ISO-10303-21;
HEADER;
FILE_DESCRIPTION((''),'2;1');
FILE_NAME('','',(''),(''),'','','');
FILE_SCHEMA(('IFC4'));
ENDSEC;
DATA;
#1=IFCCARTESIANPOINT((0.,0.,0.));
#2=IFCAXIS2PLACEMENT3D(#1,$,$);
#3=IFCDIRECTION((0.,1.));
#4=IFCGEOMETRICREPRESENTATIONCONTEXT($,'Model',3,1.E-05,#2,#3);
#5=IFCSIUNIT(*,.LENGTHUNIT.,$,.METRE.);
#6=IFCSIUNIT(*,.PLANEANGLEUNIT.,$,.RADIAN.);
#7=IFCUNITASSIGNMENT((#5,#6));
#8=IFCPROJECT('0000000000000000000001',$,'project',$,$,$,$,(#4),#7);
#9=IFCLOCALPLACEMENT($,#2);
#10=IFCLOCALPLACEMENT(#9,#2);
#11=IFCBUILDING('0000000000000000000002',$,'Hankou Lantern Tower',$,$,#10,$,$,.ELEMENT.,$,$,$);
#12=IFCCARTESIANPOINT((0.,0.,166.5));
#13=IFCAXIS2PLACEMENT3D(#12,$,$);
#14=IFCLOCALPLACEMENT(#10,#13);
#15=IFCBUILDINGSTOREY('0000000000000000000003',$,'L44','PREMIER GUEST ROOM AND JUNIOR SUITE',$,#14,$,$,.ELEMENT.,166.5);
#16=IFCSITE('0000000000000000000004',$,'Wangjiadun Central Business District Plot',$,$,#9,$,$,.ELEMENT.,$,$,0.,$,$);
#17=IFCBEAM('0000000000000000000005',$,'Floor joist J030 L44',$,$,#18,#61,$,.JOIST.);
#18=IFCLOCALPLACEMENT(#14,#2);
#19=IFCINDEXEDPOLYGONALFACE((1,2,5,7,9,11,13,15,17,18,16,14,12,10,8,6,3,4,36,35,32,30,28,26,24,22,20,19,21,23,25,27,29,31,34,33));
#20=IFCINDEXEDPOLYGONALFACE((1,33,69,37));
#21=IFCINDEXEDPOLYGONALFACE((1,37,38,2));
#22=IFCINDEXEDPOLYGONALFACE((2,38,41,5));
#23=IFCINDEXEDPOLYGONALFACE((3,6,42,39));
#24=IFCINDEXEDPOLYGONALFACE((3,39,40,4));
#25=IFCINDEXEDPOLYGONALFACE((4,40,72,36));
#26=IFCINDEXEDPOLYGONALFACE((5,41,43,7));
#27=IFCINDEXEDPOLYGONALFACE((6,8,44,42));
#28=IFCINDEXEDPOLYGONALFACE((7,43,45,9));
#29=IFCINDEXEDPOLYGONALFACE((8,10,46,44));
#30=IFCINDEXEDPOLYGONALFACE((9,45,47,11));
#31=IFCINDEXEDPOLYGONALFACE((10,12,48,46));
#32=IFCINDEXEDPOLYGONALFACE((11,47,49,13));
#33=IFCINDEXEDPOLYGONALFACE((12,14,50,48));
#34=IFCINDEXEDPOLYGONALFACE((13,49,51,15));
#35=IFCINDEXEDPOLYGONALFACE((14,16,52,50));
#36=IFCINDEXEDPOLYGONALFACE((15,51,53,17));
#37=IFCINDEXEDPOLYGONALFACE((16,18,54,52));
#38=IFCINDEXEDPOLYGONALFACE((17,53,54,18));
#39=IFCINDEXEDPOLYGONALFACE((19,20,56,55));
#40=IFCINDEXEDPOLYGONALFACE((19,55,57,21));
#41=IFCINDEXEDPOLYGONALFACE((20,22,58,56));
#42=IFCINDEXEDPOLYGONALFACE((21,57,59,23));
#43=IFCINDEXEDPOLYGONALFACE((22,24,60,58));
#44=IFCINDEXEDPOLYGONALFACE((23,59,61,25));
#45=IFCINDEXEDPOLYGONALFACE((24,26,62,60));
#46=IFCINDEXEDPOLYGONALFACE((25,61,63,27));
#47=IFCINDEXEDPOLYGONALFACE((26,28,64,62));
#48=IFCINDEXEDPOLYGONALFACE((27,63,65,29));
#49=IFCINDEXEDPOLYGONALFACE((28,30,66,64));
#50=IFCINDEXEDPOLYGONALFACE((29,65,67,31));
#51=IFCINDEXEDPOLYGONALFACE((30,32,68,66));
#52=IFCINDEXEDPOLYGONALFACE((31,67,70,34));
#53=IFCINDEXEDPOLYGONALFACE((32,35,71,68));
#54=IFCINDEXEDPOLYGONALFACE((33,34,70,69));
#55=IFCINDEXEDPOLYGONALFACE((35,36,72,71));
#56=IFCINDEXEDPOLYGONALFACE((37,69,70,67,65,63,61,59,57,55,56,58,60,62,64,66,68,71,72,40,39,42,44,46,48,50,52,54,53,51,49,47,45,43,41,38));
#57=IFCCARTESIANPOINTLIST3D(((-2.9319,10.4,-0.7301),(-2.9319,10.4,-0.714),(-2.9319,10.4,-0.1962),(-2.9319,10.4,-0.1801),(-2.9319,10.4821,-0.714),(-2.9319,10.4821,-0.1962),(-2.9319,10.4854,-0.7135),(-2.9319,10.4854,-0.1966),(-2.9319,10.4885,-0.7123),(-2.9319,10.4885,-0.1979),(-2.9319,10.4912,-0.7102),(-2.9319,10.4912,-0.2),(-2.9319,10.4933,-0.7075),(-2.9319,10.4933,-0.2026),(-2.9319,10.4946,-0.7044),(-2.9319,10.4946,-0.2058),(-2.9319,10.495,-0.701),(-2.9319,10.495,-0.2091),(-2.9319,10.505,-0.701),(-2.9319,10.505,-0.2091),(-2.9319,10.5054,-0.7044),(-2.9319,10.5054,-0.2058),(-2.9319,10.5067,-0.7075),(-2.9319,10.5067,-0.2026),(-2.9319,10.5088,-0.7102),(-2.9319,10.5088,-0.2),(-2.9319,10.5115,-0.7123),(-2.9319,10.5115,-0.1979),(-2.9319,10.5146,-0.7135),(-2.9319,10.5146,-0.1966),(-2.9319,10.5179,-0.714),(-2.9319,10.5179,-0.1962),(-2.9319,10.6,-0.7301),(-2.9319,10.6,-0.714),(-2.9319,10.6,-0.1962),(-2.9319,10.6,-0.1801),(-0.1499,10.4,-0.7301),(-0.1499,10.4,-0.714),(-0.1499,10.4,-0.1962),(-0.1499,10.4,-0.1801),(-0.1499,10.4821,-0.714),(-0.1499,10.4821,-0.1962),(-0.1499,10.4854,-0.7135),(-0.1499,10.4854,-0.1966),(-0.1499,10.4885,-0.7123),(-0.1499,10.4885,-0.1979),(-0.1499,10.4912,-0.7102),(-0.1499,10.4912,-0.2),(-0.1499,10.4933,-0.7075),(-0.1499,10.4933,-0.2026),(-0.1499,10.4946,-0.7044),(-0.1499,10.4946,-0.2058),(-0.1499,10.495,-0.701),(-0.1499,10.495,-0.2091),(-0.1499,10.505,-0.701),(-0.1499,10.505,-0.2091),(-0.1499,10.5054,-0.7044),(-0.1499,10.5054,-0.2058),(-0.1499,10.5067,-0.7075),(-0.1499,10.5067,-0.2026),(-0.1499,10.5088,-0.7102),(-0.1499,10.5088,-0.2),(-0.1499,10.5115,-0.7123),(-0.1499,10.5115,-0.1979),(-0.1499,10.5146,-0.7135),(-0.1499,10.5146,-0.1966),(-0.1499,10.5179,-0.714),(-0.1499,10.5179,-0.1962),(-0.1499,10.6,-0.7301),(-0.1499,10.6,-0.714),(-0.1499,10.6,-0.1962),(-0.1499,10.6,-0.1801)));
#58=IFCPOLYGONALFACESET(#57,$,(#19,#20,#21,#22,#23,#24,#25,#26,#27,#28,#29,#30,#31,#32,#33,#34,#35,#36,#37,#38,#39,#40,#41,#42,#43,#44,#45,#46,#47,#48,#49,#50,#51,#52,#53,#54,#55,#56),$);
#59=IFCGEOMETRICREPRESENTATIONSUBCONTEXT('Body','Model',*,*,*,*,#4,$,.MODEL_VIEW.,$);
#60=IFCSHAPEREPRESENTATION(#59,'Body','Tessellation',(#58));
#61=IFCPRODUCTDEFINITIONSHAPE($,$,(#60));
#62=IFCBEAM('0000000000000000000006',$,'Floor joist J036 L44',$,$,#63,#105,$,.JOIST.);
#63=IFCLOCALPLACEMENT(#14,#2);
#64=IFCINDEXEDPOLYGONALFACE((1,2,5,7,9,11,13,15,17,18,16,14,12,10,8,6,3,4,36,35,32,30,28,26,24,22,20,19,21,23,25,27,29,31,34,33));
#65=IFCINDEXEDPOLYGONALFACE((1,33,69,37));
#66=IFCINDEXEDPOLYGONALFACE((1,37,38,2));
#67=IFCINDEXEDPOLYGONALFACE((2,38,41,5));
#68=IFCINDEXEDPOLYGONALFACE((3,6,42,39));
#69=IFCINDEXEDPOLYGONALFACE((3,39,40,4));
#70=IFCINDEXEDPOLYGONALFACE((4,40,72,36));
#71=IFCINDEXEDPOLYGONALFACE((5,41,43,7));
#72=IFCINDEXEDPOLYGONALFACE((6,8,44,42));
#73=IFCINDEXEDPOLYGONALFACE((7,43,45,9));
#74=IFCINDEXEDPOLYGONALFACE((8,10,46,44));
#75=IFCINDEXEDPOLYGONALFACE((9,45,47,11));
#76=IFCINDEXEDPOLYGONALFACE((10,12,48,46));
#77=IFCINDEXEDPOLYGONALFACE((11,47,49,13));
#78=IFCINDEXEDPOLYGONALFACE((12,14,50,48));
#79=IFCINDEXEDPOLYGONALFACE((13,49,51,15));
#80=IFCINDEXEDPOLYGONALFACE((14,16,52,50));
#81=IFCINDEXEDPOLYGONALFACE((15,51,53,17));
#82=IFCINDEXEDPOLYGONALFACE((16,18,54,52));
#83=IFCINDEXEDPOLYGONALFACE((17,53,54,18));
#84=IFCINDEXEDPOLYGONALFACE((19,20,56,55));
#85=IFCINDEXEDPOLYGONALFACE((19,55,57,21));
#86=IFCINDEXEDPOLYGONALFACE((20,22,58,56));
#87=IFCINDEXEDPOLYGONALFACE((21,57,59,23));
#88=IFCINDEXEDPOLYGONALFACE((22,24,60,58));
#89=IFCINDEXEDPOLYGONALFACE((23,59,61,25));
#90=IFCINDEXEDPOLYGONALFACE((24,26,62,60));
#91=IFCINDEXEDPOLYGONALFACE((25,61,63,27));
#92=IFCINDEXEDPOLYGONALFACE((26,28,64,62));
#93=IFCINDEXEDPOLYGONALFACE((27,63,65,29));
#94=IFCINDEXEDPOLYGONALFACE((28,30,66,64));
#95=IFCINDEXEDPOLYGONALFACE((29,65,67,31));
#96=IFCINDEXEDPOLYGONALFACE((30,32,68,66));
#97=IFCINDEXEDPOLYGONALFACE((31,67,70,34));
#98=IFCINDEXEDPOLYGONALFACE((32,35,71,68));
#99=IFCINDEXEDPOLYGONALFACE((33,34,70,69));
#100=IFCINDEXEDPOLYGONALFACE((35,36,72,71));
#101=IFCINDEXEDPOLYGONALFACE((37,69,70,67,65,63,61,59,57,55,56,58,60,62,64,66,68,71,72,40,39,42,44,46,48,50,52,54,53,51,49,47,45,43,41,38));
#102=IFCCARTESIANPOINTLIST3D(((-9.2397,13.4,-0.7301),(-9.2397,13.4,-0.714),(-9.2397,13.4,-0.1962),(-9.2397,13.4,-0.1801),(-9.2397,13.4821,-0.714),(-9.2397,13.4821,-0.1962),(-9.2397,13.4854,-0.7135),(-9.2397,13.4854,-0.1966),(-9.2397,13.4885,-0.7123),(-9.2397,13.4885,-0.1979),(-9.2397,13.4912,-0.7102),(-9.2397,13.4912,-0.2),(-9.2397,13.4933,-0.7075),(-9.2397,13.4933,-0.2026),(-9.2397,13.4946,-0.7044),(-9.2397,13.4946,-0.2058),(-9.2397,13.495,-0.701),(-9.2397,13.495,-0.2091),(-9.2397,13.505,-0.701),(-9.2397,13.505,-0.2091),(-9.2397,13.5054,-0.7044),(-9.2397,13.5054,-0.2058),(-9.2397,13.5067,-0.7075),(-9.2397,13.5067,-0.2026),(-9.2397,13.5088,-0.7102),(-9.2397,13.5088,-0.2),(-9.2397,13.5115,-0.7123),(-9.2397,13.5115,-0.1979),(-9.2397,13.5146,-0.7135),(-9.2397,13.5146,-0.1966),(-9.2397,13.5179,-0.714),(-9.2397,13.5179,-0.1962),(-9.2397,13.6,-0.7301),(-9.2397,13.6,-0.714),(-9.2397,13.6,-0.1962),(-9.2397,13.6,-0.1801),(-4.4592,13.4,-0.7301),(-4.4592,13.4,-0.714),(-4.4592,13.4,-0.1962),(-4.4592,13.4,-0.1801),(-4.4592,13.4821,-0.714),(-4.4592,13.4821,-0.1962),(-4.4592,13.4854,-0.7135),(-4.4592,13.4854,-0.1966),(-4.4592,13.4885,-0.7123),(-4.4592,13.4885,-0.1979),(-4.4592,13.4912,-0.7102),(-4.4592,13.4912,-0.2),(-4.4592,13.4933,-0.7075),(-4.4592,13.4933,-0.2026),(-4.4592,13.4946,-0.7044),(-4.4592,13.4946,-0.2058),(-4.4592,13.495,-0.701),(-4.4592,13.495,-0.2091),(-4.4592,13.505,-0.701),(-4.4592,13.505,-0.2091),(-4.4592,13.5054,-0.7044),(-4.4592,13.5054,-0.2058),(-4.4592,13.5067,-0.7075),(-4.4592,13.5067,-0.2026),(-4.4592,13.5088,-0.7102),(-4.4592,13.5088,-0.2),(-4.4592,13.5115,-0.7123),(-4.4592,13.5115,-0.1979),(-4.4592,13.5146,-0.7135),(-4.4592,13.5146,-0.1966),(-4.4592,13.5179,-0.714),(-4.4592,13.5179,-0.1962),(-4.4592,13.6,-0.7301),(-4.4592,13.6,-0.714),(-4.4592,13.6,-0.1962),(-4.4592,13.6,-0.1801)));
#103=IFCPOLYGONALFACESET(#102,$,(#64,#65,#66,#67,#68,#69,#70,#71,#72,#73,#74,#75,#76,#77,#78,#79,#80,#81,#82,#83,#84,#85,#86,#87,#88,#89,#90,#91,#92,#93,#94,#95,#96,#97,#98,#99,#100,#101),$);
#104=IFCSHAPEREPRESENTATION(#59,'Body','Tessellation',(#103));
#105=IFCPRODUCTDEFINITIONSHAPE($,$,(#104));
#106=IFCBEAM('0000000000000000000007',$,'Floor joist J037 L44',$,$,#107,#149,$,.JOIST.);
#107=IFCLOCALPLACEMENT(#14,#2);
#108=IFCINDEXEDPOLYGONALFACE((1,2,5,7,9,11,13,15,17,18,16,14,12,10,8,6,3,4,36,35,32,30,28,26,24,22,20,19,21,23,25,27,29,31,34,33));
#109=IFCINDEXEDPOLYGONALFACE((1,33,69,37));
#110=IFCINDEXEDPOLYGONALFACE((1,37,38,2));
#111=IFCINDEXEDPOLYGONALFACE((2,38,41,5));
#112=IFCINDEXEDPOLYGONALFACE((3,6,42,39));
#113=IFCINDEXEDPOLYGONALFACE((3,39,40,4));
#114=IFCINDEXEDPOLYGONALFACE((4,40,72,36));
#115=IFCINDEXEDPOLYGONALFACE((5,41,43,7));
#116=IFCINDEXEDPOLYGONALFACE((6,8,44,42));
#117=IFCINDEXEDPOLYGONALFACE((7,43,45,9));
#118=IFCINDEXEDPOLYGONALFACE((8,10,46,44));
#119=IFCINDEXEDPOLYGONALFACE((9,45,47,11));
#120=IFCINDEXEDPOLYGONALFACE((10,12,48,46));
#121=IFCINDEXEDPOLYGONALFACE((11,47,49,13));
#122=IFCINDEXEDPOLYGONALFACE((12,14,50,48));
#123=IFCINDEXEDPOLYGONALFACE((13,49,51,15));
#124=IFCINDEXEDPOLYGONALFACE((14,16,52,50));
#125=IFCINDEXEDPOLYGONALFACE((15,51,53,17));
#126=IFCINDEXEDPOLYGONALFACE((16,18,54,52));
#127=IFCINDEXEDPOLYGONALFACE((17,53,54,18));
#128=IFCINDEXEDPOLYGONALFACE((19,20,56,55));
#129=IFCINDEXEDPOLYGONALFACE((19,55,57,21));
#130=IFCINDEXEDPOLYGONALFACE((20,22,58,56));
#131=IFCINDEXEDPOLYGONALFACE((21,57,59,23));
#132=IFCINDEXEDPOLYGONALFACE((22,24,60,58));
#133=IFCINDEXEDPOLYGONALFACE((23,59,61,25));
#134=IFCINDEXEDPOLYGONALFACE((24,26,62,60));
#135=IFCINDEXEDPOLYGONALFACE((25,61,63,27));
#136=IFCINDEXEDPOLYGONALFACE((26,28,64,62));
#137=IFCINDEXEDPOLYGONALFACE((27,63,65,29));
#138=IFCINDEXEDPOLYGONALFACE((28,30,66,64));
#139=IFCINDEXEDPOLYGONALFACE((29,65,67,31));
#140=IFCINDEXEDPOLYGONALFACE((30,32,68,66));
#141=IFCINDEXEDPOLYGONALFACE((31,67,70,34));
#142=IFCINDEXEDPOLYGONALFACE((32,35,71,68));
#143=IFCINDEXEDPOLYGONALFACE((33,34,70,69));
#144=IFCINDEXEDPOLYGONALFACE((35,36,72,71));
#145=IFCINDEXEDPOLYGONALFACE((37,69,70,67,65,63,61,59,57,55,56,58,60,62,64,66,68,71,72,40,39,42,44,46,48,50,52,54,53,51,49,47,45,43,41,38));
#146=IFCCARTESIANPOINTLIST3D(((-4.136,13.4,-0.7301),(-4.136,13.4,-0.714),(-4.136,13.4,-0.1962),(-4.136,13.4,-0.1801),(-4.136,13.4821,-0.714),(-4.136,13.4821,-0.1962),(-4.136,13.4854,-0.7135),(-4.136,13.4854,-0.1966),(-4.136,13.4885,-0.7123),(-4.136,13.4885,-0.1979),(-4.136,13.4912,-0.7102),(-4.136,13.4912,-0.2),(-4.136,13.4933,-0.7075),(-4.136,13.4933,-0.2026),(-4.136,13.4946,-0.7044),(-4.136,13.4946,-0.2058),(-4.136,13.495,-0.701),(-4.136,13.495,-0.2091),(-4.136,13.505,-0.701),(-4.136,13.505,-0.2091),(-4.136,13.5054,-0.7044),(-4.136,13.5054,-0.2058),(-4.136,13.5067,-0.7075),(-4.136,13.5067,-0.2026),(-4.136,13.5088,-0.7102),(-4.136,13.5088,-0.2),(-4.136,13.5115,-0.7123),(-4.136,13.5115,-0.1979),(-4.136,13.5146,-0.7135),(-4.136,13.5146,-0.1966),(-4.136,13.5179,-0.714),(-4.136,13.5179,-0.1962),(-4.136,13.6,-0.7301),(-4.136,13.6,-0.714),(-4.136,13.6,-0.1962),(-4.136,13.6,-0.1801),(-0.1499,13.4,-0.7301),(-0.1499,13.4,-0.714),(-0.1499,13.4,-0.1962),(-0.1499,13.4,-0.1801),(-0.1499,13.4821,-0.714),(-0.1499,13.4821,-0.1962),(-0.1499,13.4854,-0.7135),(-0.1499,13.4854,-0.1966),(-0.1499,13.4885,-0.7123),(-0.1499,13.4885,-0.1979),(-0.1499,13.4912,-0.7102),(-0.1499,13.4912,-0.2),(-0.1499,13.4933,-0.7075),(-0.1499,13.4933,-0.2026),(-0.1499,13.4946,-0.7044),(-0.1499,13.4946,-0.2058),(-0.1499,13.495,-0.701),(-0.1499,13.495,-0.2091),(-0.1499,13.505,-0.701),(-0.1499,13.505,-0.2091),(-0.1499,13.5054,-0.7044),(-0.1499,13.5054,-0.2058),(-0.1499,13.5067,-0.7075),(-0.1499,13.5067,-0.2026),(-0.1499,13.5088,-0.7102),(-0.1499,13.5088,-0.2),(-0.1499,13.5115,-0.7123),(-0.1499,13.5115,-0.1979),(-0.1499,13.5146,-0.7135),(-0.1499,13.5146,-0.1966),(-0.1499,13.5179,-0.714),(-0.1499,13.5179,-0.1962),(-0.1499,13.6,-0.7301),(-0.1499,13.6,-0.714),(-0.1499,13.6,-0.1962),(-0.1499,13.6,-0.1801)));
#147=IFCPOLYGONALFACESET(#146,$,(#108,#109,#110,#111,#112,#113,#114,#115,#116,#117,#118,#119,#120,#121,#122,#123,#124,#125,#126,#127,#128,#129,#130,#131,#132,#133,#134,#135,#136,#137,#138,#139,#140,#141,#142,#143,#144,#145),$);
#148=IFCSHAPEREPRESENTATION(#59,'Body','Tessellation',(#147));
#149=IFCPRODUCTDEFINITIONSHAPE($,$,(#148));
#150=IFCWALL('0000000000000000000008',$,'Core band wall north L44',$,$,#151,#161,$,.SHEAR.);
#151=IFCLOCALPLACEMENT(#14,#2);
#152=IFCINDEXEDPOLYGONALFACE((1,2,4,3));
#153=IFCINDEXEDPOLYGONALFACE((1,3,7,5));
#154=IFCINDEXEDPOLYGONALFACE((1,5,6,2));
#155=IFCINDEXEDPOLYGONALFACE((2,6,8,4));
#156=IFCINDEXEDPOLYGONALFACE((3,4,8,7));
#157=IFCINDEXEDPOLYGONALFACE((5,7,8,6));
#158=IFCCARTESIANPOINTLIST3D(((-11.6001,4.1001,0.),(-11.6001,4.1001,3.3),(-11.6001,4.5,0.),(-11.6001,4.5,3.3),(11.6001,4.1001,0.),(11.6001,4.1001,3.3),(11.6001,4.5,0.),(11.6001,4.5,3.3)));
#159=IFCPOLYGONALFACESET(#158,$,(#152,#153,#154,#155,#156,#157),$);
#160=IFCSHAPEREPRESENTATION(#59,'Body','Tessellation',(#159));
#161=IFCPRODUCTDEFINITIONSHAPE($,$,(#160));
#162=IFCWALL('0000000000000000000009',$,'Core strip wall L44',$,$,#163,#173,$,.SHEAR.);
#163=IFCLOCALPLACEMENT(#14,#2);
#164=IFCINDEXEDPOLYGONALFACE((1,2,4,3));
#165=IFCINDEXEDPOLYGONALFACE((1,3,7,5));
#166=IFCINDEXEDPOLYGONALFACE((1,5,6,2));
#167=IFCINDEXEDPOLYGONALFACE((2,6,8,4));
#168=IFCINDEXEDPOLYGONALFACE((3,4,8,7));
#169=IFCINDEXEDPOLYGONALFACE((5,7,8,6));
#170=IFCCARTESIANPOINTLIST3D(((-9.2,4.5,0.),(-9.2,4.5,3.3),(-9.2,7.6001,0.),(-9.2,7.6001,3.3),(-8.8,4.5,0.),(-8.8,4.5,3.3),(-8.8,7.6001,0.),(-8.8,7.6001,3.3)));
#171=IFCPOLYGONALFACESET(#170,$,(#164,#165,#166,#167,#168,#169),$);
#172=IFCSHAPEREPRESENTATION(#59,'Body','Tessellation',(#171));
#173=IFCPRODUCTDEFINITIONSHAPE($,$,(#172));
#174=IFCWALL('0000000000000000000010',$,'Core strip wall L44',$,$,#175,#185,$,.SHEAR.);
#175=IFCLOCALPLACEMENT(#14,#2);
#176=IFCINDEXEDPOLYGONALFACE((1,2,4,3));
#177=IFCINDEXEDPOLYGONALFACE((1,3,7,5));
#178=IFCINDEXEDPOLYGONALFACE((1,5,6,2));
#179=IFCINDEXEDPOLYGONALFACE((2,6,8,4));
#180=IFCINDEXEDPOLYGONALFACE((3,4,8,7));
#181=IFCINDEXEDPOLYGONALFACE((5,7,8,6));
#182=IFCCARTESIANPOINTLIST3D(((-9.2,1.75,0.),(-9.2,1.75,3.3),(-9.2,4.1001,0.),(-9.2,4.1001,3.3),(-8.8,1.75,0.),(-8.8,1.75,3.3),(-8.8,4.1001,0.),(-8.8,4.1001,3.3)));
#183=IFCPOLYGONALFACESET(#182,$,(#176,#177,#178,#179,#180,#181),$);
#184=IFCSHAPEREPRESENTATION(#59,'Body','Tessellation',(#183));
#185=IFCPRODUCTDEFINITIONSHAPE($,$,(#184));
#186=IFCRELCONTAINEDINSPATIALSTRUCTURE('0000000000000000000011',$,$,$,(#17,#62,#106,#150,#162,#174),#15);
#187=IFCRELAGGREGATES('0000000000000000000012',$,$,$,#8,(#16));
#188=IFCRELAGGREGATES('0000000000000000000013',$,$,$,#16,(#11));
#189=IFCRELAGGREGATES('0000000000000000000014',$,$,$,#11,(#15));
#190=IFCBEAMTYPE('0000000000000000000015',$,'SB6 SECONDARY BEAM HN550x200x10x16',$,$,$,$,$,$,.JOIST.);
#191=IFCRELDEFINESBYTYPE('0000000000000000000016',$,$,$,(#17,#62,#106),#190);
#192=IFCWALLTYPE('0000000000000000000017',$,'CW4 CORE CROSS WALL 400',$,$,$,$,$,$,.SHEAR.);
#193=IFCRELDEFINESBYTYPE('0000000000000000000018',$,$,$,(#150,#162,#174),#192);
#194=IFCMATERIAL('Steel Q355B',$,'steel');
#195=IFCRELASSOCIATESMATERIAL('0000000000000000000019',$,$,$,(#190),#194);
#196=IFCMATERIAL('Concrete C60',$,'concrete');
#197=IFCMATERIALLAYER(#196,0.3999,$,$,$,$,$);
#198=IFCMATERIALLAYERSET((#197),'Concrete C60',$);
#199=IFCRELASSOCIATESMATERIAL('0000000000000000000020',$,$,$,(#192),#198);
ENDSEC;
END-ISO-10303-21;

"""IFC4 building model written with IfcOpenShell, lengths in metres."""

from ifc_helpers import new_model, si_unit, direction, frame, frame_2d, origin, origin_2d, place, context, subcontext, project, spatial, rectangle, i_section, extrude, material, layer, layer_set, material_profile, profile_set, type_object, element, save


model = new_model("IFC4")

# Units and contexts
model_context = context("Model", 3, precision=1e-05, world=origin(), true_north=direction((0.0, 1.0)))
body_context = subcontext(model_context, "Body", "Model", "MODEL_VIEW")
ifc_project = project(units=[si_unit("LENGTHUNIT", "METRE"), si_unit("PLANEANGLEUNIT", "RADIAN")], contexts=[model_context])

# Site, building, storey
site_placement = place(None, origin())
site = spatial("IfcSite", under=ifc_project, at=site_placement, Name="Wangjiadun Central Business District Plot", CompositionType="ELEMENT", RefElevation=0.0)
building_placement = place(site_placement, origin())
building = spatial("IfcBuilding", under=site, at=building_placement, Name="Hankou Lantern Tower", CompositionType="ELEMENT")
storey_placement = place(building_placement, frame((0.0, 0.0, 166.5)))
storey = spatial("IfcBuildingStorey", under=building, at=storey_placement, Name="L44", Description="PREMIER GUEST ROOM AND JUNIOR SUITE", CompositionType="ELEMENT", Elevation=166.5)

# Beams
ifc_material_1 = material(Name="Steel Q355B", Category="steel")
ifc_material_profile_1 = material_profile(ifc_material_1, i_section(OverallWidth=0.2, OverallDepth=0.55, WebThickness=0.01, FlangeThickness=0.0161, FilletRadius=0.0129, at=origin_2d()), Name="HN550x200x10x16")
ifc_profile_set_1 = profile_set([ifc_material_profile_1], Name="Steel Q355B")
beam_type_1 = type_object("IfcBeamType", Name="SB6 SECONDARY BEAM HN550x200x10x16", PredefinedType="JOIST", material=ifc_profile_set_1)
beam_1_placement = place(storey_placement, frame((-2.9319, 10.5, -0.4551), z_axis=(1.0, 0.0, 0.0), x_axis=(0.0, 1.0, 0.0)))
element("IfcBeam", 1, at=beam_1_placement, inside=storey, type_object=beam_type_1, Name="Floor joist J030 L44", PredefinedType="JOIST", context=body_context, shape_type="SweptSolid", body=[
    extrude(i_section(OverallWidth=0.2, OverallDepth=0.55, WebThickness=0.01, FlangeThickness=0.0161, FilletRadius=0.0129, at=origin_2d()), origin(), (0.0, 0.0, 1.0), 2.782),
])
beam_2_placement = place(storey_placement, frame((-9.2397, 13.5, -0.4551), z_axis=(1.0, 0.0, 0.0), x_axis=(0.0, 1.0, 0.0)))
element("IfcBeam", 2, at=beam_2_placement, inside=storey, type_object=beam_type_1, Name="Floor joist J036 L44", PredefinedType="JOIST", context=body_context, shape_type="SweptSolid", body=[
    extrude(i_section(OverallWidth=0.2, OverallDepth=0.55, WebThickness=0.01, FlangeThickness=0.0161, FilletRadius=0.0129, at=origin_2d()), origin(), (0.0, 0.0, 1.0), 4.7805),
])
beam_3_placement = place(storey_placement, frame((-4.136, 13.5, -0.4551), z_axis=(1.0, 0.0, 0.0), x_axis=(0.0, 1.0, 0.0)))
element("IfcBeam", 3, at=beam_3_placement, inside=storey, type_object=beam_type_1, Name="Floor joist J037 L44", PredefinedType="JOIST", context=body_context, shape_type="SweptSolid", body=[
    extrude(i_section(OverallWidth=0.2, OverallDepth=0.55, WebThickness=0.01, FlangeThickness=0.0161, FilletRadius=0.0129, at=origin_2d()), origin(), (0.0, 0.0, 1.0), 3.9861),
])

# Walls
ifc_material_2 = material(Name="Concrete C60", Category="concrete")
ifc_layer_1 = layer(ifc_material_2, 0.3999)
ifc_layer_set_1 = layer_set([ifc_layer_1], Name="Concrete C60")
wall_type_1 = type_object("IfcWallType", Name="CW4 CORE CROSS WALL 400", PredefinedType="SHEAR", material=ifc_layer_set_1)
wall_1_placement = place(storey_placement, frame((-11.6001, 4.3, 0.0), z_axis=(0.0, 0.0, 1.0), x_axis=(1.0, 0.0, 0.0)))
element("IfcWall", 4, at=wall_1_placement, inside=storey, type_object=wall_type_1, Name="Core band wall north L44", PredefinedType="SHEAR", context=body_context, shape_type="SweptSolid", body=[
    extrude(rectangle(XDim=23.2002, YDim=0.3999, at=frame_2d((11.6001, 0.0))), origin(), (0.0, 0.0, 1.0), 3.3),
])
wall_2_placement = place(storey_placement, frame((-9.0, 4.5, 0.0), z_axis=(0.0, 0.0, 1.0), x_axis=(0.0, 1.0, 0.0)))
element("IfcWall", 5, at=wall_2_placement, inside=storey, type_object=wall_type_1, Name="Core strip wall L44", PredefinedType="SHEAR", context=body_context, shape_type="SweptSolid", body=[
    extrude(rectangle(XDim=3.1001, YDim=0.3999, at=frame_2d((1.55, 0.0))), origin(), (0.0, 0.0, 1.0), 3.3),
])
wall_3_placement = place(storey_placement, frame((-9.0, 1.75, 0.0), z_axis=(0.0, 0.0, 1.0), x_axis=(0.0, 1.0, 0.0)))
element("IfcWall", 6, at=wall_3_placement, inside=storey, type_object=wall_type_1, Name="Core strip wall L44", PredefinedType="SHEAR", context=body_context, shape_type="SweptSolid", body=[
    extrude(rectangle(XDim=2.3501, YDim=0.3999, at=frame_2d((1.175, 0.0))), origin(), (0.0, 0.0, 1.0), 3.3),
])

save(model, "model.ifc")
